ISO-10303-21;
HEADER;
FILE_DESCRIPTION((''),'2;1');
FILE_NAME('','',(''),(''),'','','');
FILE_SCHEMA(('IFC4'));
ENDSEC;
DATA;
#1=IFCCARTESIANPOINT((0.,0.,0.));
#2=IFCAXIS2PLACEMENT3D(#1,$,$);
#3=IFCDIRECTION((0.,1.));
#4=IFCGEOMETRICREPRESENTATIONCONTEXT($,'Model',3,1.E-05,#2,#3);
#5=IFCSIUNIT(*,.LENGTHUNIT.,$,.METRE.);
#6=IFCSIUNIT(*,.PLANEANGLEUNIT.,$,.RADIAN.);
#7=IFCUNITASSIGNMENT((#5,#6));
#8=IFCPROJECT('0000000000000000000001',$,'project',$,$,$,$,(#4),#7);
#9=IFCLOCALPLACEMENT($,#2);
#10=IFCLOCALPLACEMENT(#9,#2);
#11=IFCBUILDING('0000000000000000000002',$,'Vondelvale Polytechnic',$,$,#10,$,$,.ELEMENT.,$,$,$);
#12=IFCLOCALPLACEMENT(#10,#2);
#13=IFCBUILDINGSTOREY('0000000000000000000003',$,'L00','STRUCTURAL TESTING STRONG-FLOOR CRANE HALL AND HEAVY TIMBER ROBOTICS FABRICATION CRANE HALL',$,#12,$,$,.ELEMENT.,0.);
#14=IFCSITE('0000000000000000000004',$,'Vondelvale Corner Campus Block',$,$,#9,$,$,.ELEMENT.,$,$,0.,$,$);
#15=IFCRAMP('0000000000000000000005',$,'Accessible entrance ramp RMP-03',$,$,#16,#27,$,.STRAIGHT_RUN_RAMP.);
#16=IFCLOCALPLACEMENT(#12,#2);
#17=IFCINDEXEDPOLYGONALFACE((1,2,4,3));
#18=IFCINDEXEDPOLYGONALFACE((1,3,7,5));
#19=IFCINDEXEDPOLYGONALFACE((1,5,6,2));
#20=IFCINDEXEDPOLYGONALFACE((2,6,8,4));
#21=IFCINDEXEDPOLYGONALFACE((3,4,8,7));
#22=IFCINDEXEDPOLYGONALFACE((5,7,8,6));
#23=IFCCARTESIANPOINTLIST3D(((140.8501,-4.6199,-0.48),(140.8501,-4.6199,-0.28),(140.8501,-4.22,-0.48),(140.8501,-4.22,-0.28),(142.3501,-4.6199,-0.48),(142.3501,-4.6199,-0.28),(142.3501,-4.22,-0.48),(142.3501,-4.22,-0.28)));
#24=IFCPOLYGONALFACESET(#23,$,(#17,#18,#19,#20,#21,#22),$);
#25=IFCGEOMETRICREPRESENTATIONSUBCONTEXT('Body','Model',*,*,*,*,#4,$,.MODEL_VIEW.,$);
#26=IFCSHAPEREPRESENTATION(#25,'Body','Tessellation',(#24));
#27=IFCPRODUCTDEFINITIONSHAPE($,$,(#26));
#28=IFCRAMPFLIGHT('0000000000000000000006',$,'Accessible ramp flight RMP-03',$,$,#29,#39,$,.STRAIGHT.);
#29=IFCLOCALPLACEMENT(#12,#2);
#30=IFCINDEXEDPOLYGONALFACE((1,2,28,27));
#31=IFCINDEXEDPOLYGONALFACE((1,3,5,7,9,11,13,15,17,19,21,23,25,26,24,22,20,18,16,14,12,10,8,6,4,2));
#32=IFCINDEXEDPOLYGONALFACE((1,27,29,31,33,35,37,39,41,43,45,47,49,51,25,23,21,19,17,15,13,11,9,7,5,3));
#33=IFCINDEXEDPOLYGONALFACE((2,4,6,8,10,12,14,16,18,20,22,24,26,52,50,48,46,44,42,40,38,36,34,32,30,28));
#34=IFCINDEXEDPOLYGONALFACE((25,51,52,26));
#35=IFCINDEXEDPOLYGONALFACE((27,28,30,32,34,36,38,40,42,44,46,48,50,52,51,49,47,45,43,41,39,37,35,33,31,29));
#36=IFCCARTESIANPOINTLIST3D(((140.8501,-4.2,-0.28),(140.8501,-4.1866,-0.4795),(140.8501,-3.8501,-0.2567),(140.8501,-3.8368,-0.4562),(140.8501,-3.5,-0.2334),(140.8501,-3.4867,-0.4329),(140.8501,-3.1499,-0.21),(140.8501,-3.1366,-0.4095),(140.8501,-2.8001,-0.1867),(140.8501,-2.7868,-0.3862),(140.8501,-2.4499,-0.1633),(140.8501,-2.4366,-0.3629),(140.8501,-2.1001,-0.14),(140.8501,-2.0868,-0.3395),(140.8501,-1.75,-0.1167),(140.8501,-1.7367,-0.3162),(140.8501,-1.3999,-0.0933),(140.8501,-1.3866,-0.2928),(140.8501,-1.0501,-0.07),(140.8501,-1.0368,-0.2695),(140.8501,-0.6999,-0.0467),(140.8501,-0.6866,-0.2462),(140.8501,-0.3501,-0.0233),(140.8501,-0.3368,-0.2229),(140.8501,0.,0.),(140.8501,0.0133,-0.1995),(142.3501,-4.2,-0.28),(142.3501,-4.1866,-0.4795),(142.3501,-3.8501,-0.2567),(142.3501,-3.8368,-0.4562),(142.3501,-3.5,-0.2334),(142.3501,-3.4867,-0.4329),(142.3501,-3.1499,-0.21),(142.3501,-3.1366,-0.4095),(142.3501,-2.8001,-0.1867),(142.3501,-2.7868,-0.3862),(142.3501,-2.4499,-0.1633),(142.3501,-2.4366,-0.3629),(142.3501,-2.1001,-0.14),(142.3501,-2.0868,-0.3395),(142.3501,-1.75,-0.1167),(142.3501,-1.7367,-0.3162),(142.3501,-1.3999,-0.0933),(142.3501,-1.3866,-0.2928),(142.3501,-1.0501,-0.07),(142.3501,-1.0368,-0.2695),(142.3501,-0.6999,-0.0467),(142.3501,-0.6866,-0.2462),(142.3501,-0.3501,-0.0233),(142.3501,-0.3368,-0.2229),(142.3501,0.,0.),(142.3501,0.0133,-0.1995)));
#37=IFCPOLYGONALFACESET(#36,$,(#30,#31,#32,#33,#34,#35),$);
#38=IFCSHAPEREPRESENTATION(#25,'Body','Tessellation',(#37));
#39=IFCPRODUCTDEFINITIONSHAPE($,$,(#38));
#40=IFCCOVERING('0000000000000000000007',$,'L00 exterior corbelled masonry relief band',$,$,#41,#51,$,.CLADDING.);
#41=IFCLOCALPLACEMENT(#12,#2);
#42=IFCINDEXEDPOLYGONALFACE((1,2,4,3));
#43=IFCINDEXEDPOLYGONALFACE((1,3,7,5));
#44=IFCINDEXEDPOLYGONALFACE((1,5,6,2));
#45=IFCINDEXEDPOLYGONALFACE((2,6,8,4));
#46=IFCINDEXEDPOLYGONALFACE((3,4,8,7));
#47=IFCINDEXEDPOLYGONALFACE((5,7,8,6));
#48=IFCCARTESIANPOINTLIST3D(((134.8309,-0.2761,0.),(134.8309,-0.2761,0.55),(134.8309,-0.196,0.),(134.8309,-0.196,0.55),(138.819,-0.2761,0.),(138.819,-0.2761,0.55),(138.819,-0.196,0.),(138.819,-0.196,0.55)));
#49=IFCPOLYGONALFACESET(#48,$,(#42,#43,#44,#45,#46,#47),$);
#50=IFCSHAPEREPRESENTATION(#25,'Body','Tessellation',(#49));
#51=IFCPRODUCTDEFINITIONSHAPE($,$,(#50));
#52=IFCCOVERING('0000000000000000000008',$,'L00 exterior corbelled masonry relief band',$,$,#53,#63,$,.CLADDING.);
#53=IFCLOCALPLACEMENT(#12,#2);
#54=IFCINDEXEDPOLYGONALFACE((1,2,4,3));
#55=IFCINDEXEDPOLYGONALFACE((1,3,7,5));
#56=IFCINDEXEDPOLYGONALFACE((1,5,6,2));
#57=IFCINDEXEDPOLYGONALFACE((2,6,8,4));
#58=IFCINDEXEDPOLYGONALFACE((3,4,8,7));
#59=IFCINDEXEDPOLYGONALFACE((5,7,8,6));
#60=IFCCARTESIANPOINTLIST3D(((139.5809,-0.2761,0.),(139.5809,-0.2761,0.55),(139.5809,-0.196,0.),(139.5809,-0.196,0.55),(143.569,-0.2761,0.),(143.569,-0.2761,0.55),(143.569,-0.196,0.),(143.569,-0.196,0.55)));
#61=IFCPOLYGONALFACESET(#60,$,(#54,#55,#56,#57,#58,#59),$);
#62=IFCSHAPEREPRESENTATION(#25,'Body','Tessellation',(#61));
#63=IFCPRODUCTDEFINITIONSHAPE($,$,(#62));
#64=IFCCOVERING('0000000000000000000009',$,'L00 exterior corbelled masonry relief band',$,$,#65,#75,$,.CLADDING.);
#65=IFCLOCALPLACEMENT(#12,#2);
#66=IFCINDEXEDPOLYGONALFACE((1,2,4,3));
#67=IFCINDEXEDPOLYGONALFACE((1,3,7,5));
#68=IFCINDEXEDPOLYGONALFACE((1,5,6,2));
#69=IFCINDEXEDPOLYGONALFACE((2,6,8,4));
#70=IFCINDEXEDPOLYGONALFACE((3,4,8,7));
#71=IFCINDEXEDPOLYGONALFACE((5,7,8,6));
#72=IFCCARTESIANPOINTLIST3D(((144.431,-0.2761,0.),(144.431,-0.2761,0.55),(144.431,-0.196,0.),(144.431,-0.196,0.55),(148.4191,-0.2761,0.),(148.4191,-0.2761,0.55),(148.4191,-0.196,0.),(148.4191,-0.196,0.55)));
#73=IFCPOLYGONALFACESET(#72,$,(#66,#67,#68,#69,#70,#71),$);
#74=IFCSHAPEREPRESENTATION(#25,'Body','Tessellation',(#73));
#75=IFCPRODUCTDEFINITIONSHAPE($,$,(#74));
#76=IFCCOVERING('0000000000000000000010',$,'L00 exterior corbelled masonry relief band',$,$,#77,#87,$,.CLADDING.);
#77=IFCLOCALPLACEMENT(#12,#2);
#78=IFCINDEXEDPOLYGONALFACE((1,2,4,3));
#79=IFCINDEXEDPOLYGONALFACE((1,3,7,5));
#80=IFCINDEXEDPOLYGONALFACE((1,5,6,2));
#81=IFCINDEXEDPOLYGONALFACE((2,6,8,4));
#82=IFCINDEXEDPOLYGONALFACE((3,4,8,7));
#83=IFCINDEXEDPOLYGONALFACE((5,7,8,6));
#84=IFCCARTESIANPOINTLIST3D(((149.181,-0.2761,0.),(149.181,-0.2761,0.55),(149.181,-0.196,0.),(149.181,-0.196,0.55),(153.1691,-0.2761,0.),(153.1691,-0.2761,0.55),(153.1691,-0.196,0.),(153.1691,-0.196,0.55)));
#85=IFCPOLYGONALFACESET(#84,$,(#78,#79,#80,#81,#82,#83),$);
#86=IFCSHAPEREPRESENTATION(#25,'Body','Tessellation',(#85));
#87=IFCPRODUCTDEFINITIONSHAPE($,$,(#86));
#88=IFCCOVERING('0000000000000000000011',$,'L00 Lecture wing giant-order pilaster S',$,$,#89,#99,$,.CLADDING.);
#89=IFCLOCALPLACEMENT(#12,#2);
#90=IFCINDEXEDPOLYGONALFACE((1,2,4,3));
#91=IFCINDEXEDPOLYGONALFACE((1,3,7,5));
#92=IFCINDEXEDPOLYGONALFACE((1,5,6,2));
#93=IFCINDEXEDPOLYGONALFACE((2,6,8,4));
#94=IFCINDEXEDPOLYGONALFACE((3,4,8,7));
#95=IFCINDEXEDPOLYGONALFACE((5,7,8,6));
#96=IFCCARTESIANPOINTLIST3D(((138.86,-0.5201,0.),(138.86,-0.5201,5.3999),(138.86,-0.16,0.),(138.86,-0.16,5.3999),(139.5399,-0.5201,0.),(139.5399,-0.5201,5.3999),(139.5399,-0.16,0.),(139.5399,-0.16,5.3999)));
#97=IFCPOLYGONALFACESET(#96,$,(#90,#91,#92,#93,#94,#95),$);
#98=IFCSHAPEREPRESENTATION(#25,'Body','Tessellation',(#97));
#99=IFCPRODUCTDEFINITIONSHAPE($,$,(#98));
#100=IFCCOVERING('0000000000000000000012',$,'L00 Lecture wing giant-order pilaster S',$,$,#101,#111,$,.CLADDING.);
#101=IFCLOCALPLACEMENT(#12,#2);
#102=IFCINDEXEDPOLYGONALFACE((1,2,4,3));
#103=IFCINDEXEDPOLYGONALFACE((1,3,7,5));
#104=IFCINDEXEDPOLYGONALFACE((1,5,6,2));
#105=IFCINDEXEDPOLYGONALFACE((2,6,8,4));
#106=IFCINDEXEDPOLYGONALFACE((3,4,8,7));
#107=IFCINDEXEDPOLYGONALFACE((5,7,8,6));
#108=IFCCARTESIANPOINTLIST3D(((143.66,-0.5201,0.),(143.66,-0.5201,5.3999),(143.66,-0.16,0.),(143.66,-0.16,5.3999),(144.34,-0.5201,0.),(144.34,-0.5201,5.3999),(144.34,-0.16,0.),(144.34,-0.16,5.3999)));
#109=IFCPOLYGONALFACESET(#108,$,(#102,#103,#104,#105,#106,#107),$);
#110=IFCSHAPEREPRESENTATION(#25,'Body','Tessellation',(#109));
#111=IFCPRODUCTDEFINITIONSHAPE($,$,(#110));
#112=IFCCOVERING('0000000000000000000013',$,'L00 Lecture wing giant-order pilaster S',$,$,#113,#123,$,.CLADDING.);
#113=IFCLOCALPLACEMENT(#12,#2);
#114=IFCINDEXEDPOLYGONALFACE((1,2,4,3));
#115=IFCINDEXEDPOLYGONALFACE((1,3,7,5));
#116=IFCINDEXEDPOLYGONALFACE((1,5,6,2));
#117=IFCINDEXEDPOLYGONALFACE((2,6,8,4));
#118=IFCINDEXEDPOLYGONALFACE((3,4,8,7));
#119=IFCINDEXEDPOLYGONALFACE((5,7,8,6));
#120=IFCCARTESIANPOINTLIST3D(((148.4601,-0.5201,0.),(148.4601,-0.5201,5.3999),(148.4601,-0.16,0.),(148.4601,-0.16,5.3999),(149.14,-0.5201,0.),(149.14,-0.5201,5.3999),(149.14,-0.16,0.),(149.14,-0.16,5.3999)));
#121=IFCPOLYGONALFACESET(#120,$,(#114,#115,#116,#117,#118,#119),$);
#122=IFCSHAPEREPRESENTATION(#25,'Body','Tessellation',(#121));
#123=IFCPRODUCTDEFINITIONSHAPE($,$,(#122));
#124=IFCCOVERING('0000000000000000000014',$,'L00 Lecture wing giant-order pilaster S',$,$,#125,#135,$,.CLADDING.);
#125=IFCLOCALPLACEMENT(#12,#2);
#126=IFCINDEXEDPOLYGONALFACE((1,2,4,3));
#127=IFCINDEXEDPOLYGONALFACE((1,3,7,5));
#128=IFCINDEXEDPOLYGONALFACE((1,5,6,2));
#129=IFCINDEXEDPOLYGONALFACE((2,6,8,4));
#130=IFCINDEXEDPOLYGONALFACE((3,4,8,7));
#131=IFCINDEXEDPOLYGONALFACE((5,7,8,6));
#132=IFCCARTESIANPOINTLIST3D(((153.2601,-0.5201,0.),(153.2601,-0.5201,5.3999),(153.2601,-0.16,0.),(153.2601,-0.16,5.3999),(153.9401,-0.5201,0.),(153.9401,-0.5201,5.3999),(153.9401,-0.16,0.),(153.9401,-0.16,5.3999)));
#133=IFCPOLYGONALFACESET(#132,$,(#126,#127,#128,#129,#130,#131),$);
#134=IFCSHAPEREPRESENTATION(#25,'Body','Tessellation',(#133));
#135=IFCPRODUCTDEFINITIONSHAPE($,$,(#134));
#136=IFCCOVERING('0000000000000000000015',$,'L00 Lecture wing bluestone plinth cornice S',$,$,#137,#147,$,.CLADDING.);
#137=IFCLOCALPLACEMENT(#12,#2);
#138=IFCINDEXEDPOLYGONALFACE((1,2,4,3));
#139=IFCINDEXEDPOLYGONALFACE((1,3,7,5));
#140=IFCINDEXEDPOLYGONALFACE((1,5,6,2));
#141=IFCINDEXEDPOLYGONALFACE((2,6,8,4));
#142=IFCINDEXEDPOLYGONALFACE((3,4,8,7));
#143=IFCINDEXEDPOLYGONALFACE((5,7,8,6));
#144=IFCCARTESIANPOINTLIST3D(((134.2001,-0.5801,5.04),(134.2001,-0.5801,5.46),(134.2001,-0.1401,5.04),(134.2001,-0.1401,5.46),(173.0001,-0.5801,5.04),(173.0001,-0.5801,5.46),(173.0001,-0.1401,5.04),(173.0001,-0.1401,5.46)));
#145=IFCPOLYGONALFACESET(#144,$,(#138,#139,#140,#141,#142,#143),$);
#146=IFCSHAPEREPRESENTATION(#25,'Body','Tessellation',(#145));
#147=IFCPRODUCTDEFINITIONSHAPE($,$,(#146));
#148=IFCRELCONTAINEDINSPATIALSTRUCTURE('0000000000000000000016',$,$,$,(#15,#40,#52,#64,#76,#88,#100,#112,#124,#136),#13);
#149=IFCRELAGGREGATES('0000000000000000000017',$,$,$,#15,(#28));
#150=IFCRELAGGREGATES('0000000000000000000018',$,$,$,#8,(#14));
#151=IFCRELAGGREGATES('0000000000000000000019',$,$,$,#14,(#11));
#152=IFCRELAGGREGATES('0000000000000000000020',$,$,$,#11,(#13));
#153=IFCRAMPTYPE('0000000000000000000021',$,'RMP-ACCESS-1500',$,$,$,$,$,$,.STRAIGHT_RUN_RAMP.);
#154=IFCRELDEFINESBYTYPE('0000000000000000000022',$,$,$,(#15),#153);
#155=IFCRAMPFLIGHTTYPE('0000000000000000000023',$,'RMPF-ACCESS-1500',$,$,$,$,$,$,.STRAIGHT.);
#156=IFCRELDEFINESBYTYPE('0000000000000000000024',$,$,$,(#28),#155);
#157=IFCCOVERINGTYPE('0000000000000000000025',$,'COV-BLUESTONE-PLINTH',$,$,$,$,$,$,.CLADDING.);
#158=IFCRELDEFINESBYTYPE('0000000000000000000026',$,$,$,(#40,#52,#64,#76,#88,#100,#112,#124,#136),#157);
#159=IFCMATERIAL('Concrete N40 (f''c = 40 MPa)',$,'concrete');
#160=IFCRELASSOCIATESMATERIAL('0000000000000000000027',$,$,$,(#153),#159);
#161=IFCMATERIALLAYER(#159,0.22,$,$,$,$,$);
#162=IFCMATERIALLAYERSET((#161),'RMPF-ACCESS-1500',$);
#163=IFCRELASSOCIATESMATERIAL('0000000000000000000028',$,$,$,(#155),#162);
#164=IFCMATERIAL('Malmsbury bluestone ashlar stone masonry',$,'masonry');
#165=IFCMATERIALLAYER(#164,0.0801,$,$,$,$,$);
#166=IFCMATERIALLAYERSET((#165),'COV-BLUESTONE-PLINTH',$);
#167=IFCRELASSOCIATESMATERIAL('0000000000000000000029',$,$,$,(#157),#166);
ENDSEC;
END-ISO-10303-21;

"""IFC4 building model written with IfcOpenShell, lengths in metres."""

from ifc_helpers import new_model, si_unit, direction, frame, origin, origin_2d, place, context, subcontext, project, spatial, polyline, rectangle, outline, extrude, material, layer, layer_set, type_object, element, aggregate, save


model = new_model("IFC4")

# Units and contexts
model_context = context("Model", 3, precision=1e-05, world=origin(), true_north=direction((0.0, 1.0)))
body_context = subcontext(model_context, "Body", "Model", "MODEL_VIEW")
ifc_project = project(units=[si_unit("LENGTHUNIT", "METRE"), si_unit("PLANEANGLEUNIT", "RADIAN")], contexts=[model_context])

# Site, building, storey
site_placement = place(None, origin())
site = spatial("IfcSite", under=ifc_project, at=site_placement, Name="Vondelvale Corner Campus Block", CompositionType="ELEMENT", RefElevation=0.0)
building_placement = place(site_placement, origin())
building = spatial("IfcBuilding", under=site, at=building_placement, Name="Vondelvale Polytechnic", CompositionType="ELEMENT")
storey_placement = place(building_placement, origin())
storey = spatial("IfcBuildingStorey", under=building, at=storey_placement, Name="L00", Description="STRUCTURAL TESTING STRONG-FLOOR CRANE HALL AND HEAVY TIMBER ROBOTICS FABRICATION CRANE HALL", CompositionType="ELEMENT", Elevation=0.0)

# Shared definitions
ifc_material_1 = material(Name="Concrete N40 (f'c = 40 MPa)", Category="concrete")

# Shared definitions
ifc_material_2 = material(Name="Malmsbury bluestone ashlar stone masonry", Category="masonry")

# Ramp, ramp flight
ramp_type = type_object("IfcRampType", Name="RMP-ACCESS-1500", PredefinedType="STRAIGHT_RUN_RAMP", material=ifc_material_1)
ramp_placement = place(storey_placement, frame((141.6001, -4.4199, -0.48), z_axis=(0.0, 0.0, 1.0), x_axis=(1.0, 0.0, 0.0)))
ramp = element("IfcRamp", 1, at=ramp_placement, inside=storey, type_object=ramp_type, Name="Accessible entrance ramp RMP-03", PredefinedType="STRAIGHT_RUN_RAMP", context=body_context, shape_type="SweptSolid", body=[
    extrude(rectangle(XDim=1.5, YDim=0.3999, at=origin_2d()), origin(), (0.0, 0.0, 1.0), 0.2),
])
ifc_layer_1 = layer(ifc_material_1, 0.22)
ifc_layer_set_1 = layer_set([ifc_layer_1], Name="RMPF-ACCESS-1500")
ramp_flight_type = type_object("IfcRampFlightType", Name="RMPF-ACCESS-1500", PredefinedType="STRAIGHT", material=ifc_layer_set_1)
ramp_flight_placement = place(storey_placement, frame((140.8501, -4.2, -0.28), z_axis=(0.0, -0.066527, 0.997785), x_axis=(0.0, 0.997785, 0.066527)))
ramp_flight = element("IfcRampFlight", 2, at=ramp_flight_placement, type_object=ramp_flight_type, Name="Accessible ramp flight RMP-03", PredefinedType="STRAIGHT", context=body_context, shape_type="SweptSolid", body=[
    extrude(outline(polyline([(0.0, 0.0), (0.3506, 0.0), (0.7015, 0.0), (1.0524, 0.0), (1.403, 0.0), (1.7539, 0.0), (2.1045, 0.0), (2.4554, 0.0), (2.8063, 0.0), (3.1569, 0.0), (3.5078, 0.0), (3.8584, 0.0), (4.2093, 0.0), (4.2093, -1.5), (3.8584, -1.5), (3.5078, -1.5), (3.1569, -1.5), (2.8063, -1.5), (2.4554, -1.5), (2.1045, -1.5), (1.7539, -1.5), (1.403, -1.5), (1.0524, -1.5), (0.7015, -1.5), (0.3506, -1.5), (0.0, -1.5), (0.0, 0.0)])), origin(), (0.0, 0.0, -1.0), 0.2),
])
aggregate(ramp, [ramp_flight])

# Coverings
ifc_layer_2 = layer(ifc_material_2, 0.0801)
ifc_layer_set_2 = layer_set([ifc_layer_2], Name="COV-BLUESTONE-PLINTH")
covering_type = type_object("IfcCoveringType", Name="COV-BLUESTONE-PLINTH", PredefinedType="CLADDING", material=ifc_layer_set_2)
for number, where, z_axis, x_axis, name in (
    (3, (136.825, -0.2361, 0.0), (0.0, 0.0, 1.0), (-1.0, 0.0, 0.0), "L00 exterior corbelled masonry relief band"),
    (4, (141.575, -0.2361, 0.0), (0.0, 0.0, 1.0), (-1.0, 0.0, 0.0), "L00 exterior corbelled masonry relief band"),
    (5, (146.425, -0.2361, 0.0), (0.0, 0.0, 1.0), (-1.0, 0.0, 0.0), "L00 exterior corbelled masonry relief band"),
    (6, (151.175, -0.2361, 0.0), (0.0, 0.0, 1.0), (-1.0, 0.0, 0.0), "L00 exterior corbelled masonry relief band"),
):
    element("IfcCovering", number, at=place(storey_placement, frame(where, z_axis=z_axis, x_axis=x_axis)), inside=storey, type_object=covering_type, Name=name, PredefinedType="CLADDING", context=body_context, shape_type="SweptSolid", body=[
        extrude(rectangle(XDim=3.988, YDim=0.0801, at=origin_2d()), origin(), (0.0, 0.0, 1.0), 0.55),
    ])
for number, where, z_axis, x_axis, name in (
    (7, (139.2, -0.3401, 0.0), (0.0, 0.0, 1.0), (1.0, 0.0, 0.0), "L00 Lecture wing giant-order pilaster S"),
    (8, (144.0, -0.3401, 0.0), (0.0, 0.0, 1.0), (1.0, 0.0, 0.0), "L00 Lecture wing giant-order pilaster S"),
    (9, (148.8, -0.3401, 0.0), (0.0, 0.0, 1.0), (1.0, 0.0, 0.0), "L00 Lecture wing giant-order pilaster S"),
    (10, (153.6001, -0.3401, 0.0), (0.0, 0.0, 1.0), (1.0, 0.0, 0.0), "L00 Lecture wing giant-order pilaster S"),
):
    element("IfcCovering", number, at=place(storey_placement, frame(where, z_axis=z_axis, x_axis=x_axis)), inside=storey, type_object=covering_type, Name=name, PredefinedType="CLADDING", context=body_context, shape_type="SweptSolid", body=[
        extrude(rectangle(XDim=0.6799, YDim=0.3601, at=origin_2d()), origin(), (0.0, 0.0, 1.0), 5.3999),
    ])
covering_placement = place(storey_placement, frame((153.6001, -0.3601, 5.04), z_axis=(0.0, 0.0, 1.0), x_axis=(1.0, 0.0, 0.0)))
element("IfcCovering", 11, at=covering_placement, inside=storey, type_object=covering_type, Name="L00 Lecture wing bluestone plinth cornice S", PredefinedType="CLADDING", context=body_context, shape_type="SweptSolid", body=[
    extrude(rectangle(XDim=38.8, YDim=0.4399, at=origin_2d()), origin(), (0.0, 0.0, 1.0), 0.4199),
])

save(model, "model.ifc")
